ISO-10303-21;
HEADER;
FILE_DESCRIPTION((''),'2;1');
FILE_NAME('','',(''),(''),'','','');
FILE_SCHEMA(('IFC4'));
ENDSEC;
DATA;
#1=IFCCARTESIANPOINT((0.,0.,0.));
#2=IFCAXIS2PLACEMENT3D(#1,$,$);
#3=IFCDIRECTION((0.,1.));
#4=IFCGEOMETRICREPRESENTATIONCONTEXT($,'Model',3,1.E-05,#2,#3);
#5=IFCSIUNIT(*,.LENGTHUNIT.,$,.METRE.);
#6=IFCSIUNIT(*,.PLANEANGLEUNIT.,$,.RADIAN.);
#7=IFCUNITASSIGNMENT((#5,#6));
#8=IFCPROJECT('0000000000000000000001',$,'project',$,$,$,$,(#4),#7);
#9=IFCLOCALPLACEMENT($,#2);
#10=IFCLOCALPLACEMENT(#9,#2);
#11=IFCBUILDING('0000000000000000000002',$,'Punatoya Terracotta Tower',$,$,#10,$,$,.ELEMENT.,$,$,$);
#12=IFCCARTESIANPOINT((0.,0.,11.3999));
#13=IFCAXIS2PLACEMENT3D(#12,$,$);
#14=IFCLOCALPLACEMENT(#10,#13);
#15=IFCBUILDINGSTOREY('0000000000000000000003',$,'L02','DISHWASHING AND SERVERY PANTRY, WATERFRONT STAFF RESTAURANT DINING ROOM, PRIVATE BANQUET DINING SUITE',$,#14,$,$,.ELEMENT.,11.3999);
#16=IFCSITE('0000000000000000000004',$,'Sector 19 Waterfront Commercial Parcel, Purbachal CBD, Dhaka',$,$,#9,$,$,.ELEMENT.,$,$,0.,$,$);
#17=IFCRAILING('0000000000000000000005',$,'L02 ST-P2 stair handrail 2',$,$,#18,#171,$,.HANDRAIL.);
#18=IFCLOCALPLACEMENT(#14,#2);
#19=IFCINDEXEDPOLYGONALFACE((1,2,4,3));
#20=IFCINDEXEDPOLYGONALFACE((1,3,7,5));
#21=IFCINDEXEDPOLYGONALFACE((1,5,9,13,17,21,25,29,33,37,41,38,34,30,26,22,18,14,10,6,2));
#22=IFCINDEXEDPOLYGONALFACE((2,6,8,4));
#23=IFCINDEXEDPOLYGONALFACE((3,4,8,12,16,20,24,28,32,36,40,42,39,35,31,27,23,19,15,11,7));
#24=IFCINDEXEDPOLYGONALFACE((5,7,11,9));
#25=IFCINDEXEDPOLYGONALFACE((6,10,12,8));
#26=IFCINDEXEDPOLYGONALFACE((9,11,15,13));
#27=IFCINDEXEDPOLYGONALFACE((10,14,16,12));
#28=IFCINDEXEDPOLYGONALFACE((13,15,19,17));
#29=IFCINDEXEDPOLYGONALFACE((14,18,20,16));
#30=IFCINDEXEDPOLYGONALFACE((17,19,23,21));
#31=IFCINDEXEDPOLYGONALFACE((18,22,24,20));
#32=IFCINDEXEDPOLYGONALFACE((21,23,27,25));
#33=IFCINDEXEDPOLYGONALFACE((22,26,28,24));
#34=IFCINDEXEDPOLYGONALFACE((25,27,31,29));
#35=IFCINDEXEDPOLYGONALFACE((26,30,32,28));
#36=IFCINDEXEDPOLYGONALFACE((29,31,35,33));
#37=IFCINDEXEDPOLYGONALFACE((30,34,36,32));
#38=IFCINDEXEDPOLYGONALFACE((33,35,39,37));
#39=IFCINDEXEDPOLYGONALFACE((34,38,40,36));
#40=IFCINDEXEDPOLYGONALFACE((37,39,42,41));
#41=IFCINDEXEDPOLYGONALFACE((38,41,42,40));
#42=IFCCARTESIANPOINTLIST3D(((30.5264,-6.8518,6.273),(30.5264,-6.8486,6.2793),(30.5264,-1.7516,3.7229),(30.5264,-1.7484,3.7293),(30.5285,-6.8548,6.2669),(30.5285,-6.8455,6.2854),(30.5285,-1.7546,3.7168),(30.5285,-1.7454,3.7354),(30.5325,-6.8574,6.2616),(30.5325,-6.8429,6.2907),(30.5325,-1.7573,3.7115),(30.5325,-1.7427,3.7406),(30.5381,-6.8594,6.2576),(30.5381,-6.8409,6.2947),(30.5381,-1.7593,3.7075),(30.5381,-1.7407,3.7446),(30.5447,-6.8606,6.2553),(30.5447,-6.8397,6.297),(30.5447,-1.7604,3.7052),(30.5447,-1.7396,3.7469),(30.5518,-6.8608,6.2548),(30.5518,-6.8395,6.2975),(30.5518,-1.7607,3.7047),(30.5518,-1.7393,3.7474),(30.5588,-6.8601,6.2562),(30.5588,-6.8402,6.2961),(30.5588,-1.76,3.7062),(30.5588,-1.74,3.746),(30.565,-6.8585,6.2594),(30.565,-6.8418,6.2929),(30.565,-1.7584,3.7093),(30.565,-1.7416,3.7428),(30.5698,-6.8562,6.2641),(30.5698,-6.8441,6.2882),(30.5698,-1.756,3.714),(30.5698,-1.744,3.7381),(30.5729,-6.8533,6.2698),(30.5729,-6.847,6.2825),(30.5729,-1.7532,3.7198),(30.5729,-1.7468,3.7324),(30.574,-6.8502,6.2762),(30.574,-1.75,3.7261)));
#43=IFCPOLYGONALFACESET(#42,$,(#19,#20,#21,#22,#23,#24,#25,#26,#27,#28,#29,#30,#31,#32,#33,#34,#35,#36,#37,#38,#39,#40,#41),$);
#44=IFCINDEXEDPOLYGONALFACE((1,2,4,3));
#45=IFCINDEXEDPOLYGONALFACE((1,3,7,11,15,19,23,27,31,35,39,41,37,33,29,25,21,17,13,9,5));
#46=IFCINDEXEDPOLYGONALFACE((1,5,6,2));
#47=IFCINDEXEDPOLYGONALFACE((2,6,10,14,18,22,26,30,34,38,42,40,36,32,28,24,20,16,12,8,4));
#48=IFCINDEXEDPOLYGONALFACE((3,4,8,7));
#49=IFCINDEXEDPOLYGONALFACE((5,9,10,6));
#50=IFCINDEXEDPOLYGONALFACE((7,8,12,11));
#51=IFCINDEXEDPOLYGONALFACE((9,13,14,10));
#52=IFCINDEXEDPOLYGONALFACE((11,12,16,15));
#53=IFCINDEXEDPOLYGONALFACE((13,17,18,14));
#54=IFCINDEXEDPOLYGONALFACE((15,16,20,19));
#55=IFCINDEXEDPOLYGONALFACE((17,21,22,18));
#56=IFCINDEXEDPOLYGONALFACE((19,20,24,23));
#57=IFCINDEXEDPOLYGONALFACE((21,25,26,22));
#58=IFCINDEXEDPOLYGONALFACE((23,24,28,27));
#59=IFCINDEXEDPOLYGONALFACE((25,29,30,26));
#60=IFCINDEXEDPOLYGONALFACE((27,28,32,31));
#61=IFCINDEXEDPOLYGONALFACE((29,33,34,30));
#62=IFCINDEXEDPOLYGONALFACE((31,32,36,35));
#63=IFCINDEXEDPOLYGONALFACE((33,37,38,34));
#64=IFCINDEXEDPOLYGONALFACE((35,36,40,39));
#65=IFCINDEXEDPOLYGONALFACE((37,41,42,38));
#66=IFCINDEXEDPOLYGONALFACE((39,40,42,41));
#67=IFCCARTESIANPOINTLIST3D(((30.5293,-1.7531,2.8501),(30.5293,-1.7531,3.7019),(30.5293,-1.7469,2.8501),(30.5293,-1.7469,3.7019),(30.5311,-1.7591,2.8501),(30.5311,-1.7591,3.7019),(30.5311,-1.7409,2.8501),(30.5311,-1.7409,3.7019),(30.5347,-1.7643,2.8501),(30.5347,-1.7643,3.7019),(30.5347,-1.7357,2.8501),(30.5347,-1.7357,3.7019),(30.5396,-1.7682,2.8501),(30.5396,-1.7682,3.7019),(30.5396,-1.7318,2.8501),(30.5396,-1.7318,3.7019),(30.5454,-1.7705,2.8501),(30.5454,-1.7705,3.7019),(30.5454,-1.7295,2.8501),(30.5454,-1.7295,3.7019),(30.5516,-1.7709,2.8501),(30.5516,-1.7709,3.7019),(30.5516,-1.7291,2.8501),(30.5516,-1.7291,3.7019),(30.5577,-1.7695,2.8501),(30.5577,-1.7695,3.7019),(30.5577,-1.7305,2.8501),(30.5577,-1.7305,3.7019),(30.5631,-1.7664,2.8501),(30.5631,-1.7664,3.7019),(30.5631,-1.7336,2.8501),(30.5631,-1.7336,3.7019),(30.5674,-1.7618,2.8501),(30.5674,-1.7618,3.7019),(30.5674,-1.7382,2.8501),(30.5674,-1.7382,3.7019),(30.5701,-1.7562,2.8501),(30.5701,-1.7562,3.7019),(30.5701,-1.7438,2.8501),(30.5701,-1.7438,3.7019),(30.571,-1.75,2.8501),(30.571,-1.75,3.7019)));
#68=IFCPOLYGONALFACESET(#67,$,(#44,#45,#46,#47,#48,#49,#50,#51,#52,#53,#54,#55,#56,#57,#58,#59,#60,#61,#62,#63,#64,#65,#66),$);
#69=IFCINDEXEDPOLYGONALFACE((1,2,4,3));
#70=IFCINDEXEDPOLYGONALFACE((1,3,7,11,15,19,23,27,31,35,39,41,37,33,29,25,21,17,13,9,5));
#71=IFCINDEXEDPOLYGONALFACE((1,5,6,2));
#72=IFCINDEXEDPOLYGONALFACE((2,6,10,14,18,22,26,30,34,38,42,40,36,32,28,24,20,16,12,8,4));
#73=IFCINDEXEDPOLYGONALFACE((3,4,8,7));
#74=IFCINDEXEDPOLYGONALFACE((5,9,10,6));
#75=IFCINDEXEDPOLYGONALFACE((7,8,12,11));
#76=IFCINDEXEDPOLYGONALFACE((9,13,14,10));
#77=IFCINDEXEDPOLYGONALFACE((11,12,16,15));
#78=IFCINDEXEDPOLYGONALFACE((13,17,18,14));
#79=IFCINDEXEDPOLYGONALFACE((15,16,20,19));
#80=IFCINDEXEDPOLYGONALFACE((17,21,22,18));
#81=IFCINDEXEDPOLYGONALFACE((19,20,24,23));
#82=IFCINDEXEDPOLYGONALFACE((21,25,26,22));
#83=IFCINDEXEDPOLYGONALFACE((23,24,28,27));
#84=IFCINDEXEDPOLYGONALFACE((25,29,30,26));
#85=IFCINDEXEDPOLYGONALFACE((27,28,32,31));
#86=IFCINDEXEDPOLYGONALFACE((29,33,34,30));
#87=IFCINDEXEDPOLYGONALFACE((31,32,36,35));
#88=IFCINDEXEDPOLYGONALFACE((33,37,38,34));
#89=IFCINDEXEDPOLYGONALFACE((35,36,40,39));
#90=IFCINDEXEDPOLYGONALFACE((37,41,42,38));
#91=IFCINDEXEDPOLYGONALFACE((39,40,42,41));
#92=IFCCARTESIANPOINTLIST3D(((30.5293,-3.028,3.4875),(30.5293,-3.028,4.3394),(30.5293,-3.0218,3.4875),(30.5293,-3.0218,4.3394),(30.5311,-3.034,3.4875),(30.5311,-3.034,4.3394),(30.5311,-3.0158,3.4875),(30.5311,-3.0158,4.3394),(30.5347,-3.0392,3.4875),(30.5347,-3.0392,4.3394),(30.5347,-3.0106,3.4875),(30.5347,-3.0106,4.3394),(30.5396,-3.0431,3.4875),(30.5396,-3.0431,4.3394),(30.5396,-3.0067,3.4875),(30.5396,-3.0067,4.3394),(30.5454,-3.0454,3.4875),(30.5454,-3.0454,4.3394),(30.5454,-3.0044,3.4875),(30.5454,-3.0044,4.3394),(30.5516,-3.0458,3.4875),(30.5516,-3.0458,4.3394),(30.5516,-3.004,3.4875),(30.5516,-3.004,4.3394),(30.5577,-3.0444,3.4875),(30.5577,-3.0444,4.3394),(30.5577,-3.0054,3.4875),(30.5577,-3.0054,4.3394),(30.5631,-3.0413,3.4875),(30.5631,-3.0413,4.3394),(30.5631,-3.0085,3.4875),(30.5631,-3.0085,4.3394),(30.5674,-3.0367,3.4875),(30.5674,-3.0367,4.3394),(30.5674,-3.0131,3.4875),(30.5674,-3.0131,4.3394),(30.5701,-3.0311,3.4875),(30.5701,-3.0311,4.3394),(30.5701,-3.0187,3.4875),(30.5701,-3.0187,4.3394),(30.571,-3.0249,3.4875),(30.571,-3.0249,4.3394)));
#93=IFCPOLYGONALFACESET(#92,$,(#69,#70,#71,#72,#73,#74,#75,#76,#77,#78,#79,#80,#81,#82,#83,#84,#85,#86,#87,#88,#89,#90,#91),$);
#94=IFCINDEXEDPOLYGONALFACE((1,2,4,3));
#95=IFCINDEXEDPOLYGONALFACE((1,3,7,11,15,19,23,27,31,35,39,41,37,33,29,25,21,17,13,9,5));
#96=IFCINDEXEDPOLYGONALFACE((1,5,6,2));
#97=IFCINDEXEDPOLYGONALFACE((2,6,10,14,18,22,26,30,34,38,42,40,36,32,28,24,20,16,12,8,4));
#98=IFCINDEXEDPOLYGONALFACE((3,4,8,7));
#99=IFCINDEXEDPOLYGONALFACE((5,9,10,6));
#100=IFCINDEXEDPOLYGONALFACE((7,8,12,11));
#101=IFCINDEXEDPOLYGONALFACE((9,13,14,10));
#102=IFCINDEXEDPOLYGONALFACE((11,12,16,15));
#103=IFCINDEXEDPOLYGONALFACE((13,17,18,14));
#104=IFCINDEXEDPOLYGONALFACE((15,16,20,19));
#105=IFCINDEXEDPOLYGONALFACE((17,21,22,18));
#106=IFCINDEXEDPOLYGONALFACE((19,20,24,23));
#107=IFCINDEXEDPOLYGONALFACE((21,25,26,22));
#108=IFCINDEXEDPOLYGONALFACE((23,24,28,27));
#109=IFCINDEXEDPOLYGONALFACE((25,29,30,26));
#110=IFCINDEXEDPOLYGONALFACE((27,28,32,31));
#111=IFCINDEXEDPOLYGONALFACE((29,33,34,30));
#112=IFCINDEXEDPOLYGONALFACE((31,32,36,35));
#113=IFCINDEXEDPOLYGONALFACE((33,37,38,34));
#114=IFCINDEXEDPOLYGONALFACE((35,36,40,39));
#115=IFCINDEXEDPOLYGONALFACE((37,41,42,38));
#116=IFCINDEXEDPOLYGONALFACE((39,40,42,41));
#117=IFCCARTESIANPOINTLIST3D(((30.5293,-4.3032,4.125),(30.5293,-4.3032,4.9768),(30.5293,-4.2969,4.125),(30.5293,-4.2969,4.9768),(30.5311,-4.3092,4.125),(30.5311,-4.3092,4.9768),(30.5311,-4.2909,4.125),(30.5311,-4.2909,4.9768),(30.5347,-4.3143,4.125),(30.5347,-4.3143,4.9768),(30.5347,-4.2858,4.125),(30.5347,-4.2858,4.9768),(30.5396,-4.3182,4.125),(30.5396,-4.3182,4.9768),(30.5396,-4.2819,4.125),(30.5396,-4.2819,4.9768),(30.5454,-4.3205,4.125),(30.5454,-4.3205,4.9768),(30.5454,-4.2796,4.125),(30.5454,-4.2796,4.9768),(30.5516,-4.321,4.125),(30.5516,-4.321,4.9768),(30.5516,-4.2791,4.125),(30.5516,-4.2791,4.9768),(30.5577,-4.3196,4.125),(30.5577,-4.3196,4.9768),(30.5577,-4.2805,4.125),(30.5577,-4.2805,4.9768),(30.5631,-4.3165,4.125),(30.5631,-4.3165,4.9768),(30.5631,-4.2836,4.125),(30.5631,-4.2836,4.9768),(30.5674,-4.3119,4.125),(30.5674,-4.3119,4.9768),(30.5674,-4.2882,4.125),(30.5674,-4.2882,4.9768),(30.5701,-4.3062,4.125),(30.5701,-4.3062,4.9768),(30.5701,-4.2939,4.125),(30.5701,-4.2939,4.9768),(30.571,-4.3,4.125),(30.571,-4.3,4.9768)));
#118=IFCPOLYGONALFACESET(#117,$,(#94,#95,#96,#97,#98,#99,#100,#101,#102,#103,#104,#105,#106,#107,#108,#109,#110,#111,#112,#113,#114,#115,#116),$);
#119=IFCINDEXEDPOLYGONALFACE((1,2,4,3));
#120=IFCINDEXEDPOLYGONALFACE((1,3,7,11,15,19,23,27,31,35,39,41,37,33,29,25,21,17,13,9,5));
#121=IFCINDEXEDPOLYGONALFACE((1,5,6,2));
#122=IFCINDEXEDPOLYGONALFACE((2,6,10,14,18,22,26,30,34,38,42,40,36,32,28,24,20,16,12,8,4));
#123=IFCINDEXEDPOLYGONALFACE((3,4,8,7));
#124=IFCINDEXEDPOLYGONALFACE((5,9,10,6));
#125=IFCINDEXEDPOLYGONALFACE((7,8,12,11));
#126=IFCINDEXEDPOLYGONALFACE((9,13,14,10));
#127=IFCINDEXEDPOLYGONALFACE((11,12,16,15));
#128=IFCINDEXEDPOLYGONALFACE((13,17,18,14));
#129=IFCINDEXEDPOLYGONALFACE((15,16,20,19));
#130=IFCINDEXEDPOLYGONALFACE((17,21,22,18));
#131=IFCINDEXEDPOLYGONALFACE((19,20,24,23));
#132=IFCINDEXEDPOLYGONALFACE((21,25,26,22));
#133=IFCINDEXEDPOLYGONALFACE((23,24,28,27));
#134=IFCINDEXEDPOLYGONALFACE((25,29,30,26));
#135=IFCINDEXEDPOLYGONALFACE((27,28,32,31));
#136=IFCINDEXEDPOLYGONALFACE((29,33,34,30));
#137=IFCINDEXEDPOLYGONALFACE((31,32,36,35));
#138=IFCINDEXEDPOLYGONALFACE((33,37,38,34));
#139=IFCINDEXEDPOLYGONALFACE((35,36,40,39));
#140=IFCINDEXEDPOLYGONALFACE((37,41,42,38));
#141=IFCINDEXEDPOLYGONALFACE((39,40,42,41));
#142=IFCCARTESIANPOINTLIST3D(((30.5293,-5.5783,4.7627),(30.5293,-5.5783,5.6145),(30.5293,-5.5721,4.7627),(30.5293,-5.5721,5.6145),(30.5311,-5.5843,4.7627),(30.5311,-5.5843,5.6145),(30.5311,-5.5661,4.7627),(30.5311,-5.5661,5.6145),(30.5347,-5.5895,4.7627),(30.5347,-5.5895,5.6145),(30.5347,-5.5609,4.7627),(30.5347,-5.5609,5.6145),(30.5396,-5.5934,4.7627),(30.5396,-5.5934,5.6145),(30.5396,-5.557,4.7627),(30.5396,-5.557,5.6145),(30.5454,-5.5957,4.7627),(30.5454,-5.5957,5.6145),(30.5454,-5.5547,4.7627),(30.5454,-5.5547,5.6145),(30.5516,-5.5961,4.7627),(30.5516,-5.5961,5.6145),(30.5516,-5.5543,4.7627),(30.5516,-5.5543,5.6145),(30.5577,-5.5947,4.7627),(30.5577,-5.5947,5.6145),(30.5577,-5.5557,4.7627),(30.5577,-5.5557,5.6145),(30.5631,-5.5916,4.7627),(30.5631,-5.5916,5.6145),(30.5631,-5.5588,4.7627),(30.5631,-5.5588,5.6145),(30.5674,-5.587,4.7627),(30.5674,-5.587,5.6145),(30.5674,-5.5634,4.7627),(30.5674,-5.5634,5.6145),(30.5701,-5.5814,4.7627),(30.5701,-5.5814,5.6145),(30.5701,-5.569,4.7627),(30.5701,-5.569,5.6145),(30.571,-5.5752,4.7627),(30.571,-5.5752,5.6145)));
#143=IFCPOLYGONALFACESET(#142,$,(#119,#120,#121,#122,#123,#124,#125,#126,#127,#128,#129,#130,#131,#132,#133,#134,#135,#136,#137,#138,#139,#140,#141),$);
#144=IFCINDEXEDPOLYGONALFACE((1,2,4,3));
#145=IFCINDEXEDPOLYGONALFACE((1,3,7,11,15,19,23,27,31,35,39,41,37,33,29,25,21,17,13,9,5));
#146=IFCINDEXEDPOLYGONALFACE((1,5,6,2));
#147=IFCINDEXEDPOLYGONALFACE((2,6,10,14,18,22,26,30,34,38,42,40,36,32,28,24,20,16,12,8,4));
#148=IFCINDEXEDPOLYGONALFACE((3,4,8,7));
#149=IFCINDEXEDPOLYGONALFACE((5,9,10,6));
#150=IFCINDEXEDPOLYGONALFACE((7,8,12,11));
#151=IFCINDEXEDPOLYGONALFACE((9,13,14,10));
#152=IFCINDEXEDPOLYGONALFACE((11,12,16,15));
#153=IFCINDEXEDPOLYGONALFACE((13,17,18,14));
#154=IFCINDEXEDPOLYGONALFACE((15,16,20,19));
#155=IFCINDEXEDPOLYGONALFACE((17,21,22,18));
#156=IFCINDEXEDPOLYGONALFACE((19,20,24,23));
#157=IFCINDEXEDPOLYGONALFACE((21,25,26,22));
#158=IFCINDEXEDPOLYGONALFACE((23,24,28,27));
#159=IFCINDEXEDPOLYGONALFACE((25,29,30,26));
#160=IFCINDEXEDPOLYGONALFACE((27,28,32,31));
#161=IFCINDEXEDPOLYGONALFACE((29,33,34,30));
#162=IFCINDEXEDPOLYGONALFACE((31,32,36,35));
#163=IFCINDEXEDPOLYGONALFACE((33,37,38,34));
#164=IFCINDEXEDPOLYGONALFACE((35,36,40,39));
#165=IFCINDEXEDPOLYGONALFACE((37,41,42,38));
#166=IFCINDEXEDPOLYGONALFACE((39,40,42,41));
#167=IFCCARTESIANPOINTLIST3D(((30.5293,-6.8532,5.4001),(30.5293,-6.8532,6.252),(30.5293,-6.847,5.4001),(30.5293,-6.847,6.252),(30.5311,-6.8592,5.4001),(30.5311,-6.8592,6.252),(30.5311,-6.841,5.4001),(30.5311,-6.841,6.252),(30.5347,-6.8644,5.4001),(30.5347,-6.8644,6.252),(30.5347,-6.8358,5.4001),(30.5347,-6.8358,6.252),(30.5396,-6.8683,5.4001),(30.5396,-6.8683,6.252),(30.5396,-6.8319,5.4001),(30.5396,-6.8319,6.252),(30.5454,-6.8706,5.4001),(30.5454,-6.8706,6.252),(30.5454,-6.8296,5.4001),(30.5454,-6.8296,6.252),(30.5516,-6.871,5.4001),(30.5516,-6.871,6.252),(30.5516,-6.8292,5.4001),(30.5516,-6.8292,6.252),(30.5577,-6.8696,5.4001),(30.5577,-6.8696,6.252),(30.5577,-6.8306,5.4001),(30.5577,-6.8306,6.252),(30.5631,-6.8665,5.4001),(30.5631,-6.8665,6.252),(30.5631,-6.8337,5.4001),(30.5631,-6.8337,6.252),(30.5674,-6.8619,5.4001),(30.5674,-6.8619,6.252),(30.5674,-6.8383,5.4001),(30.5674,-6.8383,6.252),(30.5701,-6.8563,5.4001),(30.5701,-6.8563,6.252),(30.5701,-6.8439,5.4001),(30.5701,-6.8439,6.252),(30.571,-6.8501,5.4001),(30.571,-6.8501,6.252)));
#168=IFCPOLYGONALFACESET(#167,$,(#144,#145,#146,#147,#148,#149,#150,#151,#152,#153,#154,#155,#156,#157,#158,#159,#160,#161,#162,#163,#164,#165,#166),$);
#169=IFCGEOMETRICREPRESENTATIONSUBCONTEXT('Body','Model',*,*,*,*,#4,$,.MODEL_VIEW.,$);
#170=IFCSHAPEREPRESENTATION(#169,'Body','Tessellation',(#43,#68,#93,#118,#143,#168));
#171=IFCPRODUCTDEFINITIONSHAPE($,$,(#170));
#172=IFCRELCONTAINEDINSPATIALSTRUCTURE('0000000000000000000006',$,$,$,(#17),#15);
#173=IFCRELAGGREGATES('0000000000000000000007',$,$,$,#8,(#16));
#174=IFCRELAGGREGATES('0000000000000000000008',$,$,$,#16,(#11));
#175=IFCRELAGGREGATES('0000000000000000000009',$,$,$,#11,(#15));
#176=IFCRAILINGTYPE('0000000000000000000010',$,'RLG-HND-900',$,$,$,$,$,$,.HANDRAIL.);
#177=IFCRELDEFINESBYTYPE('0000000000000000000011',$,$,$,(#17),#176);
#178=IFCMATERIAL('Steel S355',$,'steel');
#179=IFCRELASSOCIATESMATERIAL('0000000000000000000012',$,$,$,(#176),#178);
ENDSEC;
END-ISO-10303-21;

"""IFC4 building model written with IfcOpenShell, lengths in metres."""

from ifc_helpers import new_model, si_unit, direction, frame, origin, origin_2d, place, context, subcontext, project, spatial, circle, extrude, material, type_object, element, save


model = new_model("IFC4")

# Units and contexts
model_context = context("Model", 3, precision=1e-05, world=origin(), true_north=direction((0.0, 1.0)))
body_context = subcontext(model_context, "Body", "Model", "MODEL_VIEW")
ifc_project = project(units=[si_unit("LENGTHUNIT", "METRE"), si_unit("PLANEANGLEUNIT", "RADIAN")], contexts=[model_context])

# Site, building, storey
site_placement = place(None, origin())
site = spatial("IfcSite", under=ifc_project, at=site_placement, Name="Sector 19 Waterfront Commercial Parcel, Purbachal CBD, Dhaka", CompositionType="ELEMENT", RefElevation=0.0)
building_placement = place(site_placement, origin())
building = spatial("IfcBuilding", under=site, at=building_placement, Name="Punatoya Terracotta Tower", CompositionType="ELEMENT")
storey_placement = place(building_placement, frame((0.0, 0.0, 11.3999)))
storey = spatial("IfcBuildingStorey", under=building, at=storey_placement, Name="L02", Description="DISHWASHING AND SERVERY PANTRY, WATERFRONT STAFF RESTAURANT DINING ROOM, PRIVATE BANQUET DINING SUITE", CompositionType="ELEMENT", Elevation=11.3999)

# Shared definitions
ifc_material_1 = material(Name="Steel S355", Category="steel")

# Railing
railing_type_1 = type_object("IfcRailingType", Name="RLG-HND-900", PredefinedType="HANDRAIL", material=ifc_material_1)
railing_1_placement = place(storey_placement, frame((30.55, -1.75, 2.8501)))
element("IfcRailing", 1, at=railing_1_placement, inside=storey, type_object=railing_type_1, Name="L02 ST-P2 stair handrail 2", PredefinedType="HANDRAIL", context=body_context, shape_type="SweptSolid", body=[
    extrude(circle(Radius=0.0239, at=origin_2d()), frame((0.0, 0.0, 0.876), z_axis=(0.0, -0.894427, 0.447214), x_axis=(1.0, 0.0, 0.0)), (0.0, 0.0, 1.0), 5.7021),
    extrude(circle(Radius=0.021, at=origin_2d()), origin(), (0.0, 0.0, 1.0), 0.8518),
    extrude(circle(Radius=0.021, at=origin_2d()), frame((0.0, -1.2749, 0.6375)), (0.0, 0.0, 1.0), 0.8518),
    extrude(circle(Radius=0.021, at=origin_2d()), frame((0.0, -2.55, 1.2749)), (0.0, 0.0, 1.0), 0.8518),
    extrude(circle(Radius=0.021, at=origin_2d()), frame((0.0, -3.8252, 1.9126)), (0.0, 0.0, 1.0), 0.8518),
    extrude(circle(Radius=0.021, at=origin_2d()), frame((0.0, -5.1001, 2.55)), (0.0, 0.0, 1.0), 0.8518),
])

save(model, "model.ifc")
